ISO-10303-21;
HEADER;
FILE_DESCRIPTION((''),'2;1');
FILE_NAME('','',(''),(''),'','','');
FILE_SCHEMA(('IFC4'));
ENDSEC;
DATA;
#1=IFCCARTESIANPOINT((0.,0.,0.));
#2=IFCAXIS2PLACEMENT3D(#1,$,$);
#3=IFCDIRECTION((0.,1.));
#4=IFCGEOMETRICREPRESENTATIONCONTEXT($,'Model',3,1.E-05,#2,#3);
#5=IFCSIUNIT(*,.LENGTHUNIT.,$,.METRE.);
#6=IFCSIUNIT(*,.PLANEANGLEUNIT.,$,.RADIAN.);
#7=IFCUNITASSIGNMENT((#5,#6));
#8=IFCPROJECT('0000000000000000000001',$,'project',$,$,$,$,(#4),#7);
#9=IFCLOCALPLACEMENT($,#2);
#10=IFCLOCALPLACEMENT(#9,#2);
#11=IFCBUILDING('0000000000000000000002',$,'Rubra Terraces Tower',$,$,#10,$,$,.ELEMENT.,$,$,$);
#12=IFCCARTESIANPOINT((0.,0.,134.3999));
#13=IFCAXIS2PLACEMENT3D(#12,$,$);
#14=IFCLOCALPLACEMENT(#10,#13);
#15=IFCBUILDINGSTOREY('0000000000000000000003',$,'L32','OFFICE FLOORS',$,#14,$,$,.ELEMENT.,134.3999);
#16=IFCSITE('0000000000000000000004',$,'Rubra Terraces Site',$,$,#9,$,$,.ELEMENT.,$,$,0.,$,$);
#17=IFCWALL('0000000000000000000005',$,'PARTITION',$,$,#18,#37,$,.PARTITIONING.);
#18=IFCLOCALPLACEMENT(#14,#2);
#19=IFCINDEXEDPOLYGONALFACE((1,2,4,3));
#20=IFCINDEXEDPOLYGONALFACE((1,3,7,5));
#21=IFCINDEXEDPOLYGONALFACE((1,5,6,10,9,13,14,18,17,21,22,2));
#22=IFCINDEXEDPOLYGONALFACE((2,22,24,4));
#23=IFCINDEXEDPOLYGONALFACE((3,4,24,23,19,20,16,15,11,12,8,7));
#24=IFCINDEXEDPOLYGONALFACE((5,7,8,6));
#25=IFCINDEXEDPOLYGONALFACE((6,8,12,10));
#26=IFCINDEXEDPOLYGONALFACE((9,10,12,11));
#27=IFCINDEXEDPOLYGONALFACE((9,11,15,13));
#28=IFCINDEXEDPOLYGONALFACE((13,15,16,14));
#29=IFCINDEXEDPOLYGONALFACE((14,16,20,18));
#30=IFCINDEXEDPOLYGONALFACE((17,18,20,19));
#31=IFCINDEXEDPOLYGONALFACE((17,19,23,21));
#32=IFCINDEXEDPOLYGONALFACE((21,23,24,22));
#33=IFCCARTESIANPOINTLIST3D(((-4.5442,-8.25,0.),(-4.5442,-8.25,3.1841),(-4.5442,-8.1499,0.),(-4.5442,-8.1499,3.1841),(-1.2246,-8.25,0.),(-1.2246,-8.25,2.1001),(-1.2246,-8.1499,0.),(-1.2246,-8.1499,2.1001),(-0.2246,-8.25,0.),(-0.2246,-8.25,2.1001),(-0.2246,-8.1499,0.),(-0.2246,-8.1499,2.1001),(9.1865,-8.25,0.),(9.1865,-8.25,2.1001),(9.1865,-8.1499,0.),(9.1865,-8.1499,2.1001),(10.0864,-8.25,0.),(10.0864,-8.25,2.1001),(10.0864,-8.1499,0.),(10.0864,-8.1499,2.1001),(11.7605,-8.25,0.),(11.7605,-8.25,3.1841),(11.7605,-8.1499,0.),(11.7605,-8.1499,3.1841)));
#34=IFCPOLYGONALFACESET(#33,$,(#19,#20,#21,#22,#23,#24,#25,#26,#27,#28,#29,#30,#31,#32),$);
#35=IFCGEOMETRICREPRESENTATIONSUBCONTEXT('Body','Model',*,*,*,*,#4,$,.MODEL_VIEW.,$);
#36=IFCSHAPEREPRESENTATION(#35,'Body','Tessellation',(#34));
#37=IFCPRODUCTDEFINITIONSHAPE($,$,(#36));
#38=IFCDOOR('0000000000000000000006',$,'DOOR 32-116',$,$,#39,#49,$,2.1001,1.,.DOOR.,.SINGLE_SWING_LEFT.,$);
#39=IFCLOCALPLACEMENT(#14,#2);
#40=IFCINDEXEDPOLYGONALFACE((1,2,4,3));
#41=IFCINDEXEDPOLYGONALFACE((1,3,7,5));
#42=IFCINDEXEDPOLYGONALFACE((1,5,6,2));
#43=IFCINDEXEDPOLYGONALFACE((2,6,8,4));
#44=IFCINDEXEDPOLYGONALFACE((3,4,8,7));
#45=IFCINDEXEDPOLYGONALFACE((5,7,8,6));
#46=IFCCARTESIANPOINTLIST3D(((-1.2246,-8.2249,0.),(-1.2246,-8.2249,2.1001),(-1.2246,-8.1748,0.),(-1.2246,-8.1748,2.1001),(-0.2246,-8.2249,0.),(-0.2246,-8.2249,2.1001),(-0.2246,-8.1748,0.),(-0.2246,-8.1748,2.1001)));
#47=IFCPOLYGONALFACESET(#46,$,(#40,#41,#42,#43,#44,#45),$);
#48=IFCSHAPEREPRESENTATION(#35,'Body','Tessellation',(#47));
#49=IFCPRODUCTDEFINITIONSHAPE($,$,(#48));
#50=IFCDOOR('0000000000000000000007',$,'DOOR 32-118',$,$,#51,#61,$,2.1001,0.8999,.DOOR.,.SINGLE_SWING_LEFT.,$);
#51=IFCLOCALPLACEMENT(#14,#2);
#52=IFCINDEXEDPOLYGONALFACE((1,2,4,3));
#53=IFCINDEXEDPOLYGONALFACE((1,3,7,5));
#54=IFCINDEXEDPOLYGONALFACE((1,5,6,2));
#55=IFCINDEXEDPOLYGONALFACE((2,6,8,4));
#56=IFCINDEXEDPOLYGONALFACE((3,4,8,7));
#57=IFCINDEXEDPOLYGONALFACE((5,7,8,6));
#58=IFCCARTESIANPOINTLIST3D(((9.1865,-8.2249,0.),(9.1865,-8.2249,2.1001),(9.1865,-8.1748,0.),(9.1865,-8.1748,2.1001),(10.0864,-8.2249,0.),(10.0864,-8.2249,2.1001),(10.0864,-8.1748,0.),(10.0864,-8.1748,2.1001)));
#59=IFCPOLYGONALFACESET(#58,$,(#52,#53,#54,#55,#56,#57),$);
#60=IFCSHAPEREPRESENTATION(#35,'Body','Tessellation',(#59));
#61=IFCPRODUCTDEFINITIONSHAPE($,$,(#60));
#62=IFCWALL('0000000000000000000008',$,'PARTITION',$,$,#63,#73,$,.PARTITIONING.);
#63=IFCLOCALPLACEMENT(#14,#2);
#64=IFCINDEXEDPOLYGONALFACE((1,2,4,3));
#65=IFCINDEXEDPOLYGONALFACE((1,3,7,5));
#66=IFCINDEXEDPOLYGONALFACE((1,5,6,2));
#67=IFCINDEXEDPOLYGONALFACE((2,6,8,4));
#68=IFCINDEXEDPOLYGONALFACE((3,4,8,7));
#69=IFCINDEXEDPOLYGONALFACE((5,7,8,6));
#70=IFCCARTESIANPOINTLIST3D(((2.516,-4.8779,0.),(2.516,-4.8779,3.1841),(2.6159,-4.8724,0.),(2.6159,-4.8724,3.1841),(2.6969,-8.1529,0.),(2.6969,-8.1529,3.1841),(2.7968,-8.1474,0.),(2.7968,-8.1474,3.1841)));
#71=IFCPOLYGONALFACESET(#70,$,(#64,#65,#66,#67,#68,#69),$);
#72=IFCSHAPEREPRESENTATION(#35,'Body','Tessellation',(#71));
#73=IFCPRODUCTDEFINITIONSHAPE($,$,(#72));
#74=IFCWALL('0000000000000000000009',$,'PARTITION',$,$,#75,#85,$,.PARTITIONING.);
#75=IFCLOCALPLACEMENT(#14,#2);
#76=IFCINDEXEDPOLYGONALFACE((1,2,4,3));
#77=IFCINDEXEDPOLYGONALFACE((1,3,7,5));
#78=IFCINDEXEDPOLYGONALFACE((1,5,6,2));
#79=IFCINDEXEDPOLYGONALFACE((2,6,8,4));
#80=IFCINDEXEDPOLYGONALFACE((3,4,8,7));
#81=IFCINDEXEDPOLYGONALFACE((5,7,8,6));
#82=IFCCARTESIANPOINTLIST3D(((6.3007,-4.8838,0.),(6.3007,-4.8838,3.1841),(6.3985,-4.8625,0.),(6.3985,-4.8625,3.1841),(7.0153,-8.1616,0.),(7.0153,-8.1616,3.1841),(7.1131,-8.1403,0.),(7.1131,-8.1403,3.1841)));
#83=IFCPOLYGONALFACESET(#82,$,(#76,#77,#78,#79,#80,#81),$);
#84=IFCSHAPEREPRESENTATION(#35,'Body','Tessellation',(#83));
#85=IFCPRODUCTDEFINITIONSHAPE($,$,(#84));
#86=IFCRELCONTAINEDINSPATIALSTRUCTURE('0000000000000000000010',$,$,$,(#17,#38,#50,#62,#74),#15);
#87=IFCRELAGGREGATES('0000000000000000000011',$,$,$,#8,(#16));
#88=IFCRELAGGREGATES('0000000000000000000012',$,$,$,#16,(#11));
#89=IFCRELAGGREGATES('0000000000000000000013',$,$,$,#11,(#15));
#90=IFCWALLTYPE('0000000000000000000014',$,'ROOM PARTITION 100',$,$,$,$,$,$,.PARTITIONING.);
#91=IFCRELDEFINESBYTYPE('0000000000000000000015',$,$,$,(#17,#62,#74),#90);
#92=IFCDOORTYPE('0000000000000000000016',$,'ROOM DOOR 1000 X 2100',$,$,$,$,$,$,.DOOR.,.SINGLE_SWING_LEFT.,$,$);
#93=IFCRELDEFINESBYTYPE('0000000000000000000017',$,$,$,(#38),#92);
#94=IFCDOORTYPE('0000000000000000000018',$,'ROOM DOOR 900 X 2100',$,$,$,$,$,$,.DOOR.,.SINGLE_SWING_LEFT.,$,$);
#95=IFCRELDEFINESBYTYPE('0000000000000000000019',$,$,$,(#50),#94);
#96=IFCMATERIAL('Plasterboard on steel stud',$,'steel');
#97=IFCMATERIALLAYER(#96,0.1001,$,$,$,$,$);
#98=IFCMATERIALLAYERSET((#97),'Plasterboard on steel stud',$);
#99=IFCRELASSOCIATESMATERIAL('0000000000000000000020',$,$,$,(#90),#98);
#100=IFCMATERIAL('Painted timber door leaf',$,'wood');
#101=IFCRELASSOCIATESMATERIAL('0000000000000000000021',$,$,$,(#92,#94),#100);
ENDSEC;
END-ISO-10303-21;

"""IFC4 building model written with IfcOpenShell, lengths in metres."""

from ifc_helpers import new_model, si_unit, direction, frame, frame_2d, origin, place, context, subcontext, project, spatial, rectangle, extrude, material, layer, layer_set, type_object, element, fill, save


model = new_model("IFC4")

# Units and contexts
model_context = context("Model", 3, precision=1e-05, world=origin(), true_north=direction((0.0, 1.0)))
body_context = subcontext(model_context, "Body", "Model", "MODEL_VIEW")
ifc_project = project(units=[si_unit("LENGTHUNIT", "METRE"), si_unit("PLANEANGLEUNIT", "RADIAN")], contexts=[model_context])

# Site, building, storey
site_placement = place(None, origin())
site = spatial("IfcSite", under=ifc_project, at=site_placement, Name="Rubra Terraces Site", CompositionType="ELEMENT", RefElevation=0.0)
building_placement = place(site_placement, origin())
building = spatial("IfcBuilding", under=site, at=building_placement, Name="Rubra Terraces Tower", CompositionType="ELEMENT")
storey_placement = place(building_placement, frame((0.0, 0.0, 134.3999)))
storey = spatial("IfcBuildingStorey", under=building, at=storey_placement, Name="L32", Description="OFFICE FLOORS", CompositionType="ELEMENT", Elevation=134.3999)

# Wall, openings, doors
ifc_material_1 = material(Name="Plasterboard on steel stud", Category="steel")
ifc_layer_1 = layer(ifc_material_1, 0.1001)
ifc_layer_set_1 = layer_set([ifc_layer_1], Name="Plasterboard on steel stud")
wall_type_1 = type_object("IfcWallType", Name="ROOM PARTITION 100", PredefinedType="PARTITIONING", material=ifc_layer_set_1)
wall_1_placement = place(storey_placement, frame((11.7605, -8.2, 0.0), z_axis=(0.0, 0.0, 1.0), x_axis=(-1.0, 0.0, 0.0)))
wall_1 = element("IfcWall", 1, at=wall_1_placement, inside=storey, type_object=wall_type_1, Name="PARTITION", PredefinedType="PARTITIONING", context=body_context, shape_type="SweptSolid", body=[
    extrude(rectangle(XDim=16.3047, YDim=0.1001, at=frame_2d((8.1523, 0.0))), origin(), (0.0, 0.0, 1.0), 3.1841),
])
opening_1_placement = place(wall_1_placement, frame((11.9851, 0.0, 0.0)))
opening_1 = element("IfcOpeningElement", 2, at=opening_1_placement, cuts=wall_1, PredefinedType="OPENING", context=body_context, shape_type="SweptSolid", body=[
    extrude(rectangle(XDim=1.0, YDim=2.1001, at=frame_2d((0.5, 1.05))), frame((0.0, 0.0601, 0.0), z_axis=(0.0, -1.0, 0.0), x_axis=(1.0, 0.0, 0.0)), (0.0, 0.0, 1.0), 0.1201),
])
opening_2_placement = place(wall_1_placement, frame((1.6741, 0.0, 0.0)))
opening_2 = element("IfcOpeningElement", 3, at=opening_2_placement, cuts=wall_1, PredefinedType="OPENING", context=body_context, shape_type="SweptSolid", body=[
    extrude(rectangle(XDim=0.8999, YDim=2.1001, at=frame_2d((0.45, 1.05))), frame((0.0, 0.0601, 0.0), z_axis=(0.0, -1.0, 0.0), x_axis=(1.0, 0.0, 0.0)), (0.0, 0.0, 1.0), 0.1201),
])
ifc_material_2 = material(Name="Painted timber door leaf", Category="wood")
door_type_1 = type_object("IfcDoorType", Name="ROOM DOOR 1000 X 2100", OperationType="SINGLE_SWING_LEFT", PredefinedType="DOOR", material=ifc_material_2)
door_1_placement = place(opening_1_placement, origin())
door_1 = element("IfcDoor", 4, at=door_1_placement, inside=storey, type_object=door_type_1, Name="DOOR 32-116", OperationType="SINGLE_SWING_LEFT", OverallHeight=2.1001, OverallWidth=1.0, PredefinedType="DOOR", context=body_context, shape_type="SweptSolid", body=[
    extrude(rectangle(XDim=1.0, YDim=2.1001, at=frame_2d((0.5, 1.05))), frame((0.0, 0.0249, 0.0), z_axis=(0.0, -1.0, 0.0), x_axis=(1.0, 0.0, 0.0)), (0.0, 0.0, 1.0), 0.05),
])
fill(opening_1, door_1)
door_type_2 = type_object("IfcDoorType", Name="ROOM DOOR 900 X 2100", OperationType="SINGLE_SWING_LEFT", PredefinedType="DOOR", material=ifc_material_2)
door_2_placement = place(opening_2_placement, origin())
door_2 = element("IfcDoor", 5, at=door_2_placement, inside=storey, type_object=door_type_2, Name="DOOR 32-118", OperationType="SINGLE_SWING_LEFT", OverallHeight=2.1001, OverallWidth=0.8999, PredefinedType="DOOR", context=body_context, shape_type="SweptSolid", body=[
    extrude(rectangle(XDim=0.8999, YDim=2.1001, at=frame_2d((0.45, 1.05))), frame((0.0, 0.0249, 0.0), z_axis=(0.0, -1.0, 0.0), x_axis=(1.0, 0.0, 0.0)), (0.0, 0.0, 1.0), 0.05),
])
fill(opening_2, door_2)

# Walls
wall_2_placement = place(storey_placement, frame((2.5659, -4.875, 0.0), z_axis=(0.0, 0.0, 1.0), x_axis=(0.055153, -0.998478, 0.0)))
element("IfcWall", 6, at=wall_2_placement, inside=storey, type_object=wall_type_1, Name="PARTITION", PredefinedType="PARTITIONING", context=body_context, shape_type="SweptSolid", body=[
    extrude(rectangle(XDim=3.28, YDim=0.1001, at=frame_2d((1.6401, 0.0))), origin(), (0.0, 0.0, 1.0), 3.1841),
])
wall_3_placement = place(storey_placement, frame((6.3496, -4.8733, 0.0), z_axis=(0.0, 0.0, 1.0), x_axis=(0.213007, -0.977051, 0.0)))
element("IfcWall", 7, at=wall_3_placement, inside=storey, type_object=wall_type_1, Name="PARTITION", PredefinedType="PARTITIONING", context=body_context, shape_type="SweptSolid", body=[
    extrude(rectangle(XDim=3.3547, YDim=0.1001, at=frame_2d((1.6772, 0.0))), origin(), (0.0, 0.0, 1.0), 3.1841),
])

save(model, "model.ifc")
